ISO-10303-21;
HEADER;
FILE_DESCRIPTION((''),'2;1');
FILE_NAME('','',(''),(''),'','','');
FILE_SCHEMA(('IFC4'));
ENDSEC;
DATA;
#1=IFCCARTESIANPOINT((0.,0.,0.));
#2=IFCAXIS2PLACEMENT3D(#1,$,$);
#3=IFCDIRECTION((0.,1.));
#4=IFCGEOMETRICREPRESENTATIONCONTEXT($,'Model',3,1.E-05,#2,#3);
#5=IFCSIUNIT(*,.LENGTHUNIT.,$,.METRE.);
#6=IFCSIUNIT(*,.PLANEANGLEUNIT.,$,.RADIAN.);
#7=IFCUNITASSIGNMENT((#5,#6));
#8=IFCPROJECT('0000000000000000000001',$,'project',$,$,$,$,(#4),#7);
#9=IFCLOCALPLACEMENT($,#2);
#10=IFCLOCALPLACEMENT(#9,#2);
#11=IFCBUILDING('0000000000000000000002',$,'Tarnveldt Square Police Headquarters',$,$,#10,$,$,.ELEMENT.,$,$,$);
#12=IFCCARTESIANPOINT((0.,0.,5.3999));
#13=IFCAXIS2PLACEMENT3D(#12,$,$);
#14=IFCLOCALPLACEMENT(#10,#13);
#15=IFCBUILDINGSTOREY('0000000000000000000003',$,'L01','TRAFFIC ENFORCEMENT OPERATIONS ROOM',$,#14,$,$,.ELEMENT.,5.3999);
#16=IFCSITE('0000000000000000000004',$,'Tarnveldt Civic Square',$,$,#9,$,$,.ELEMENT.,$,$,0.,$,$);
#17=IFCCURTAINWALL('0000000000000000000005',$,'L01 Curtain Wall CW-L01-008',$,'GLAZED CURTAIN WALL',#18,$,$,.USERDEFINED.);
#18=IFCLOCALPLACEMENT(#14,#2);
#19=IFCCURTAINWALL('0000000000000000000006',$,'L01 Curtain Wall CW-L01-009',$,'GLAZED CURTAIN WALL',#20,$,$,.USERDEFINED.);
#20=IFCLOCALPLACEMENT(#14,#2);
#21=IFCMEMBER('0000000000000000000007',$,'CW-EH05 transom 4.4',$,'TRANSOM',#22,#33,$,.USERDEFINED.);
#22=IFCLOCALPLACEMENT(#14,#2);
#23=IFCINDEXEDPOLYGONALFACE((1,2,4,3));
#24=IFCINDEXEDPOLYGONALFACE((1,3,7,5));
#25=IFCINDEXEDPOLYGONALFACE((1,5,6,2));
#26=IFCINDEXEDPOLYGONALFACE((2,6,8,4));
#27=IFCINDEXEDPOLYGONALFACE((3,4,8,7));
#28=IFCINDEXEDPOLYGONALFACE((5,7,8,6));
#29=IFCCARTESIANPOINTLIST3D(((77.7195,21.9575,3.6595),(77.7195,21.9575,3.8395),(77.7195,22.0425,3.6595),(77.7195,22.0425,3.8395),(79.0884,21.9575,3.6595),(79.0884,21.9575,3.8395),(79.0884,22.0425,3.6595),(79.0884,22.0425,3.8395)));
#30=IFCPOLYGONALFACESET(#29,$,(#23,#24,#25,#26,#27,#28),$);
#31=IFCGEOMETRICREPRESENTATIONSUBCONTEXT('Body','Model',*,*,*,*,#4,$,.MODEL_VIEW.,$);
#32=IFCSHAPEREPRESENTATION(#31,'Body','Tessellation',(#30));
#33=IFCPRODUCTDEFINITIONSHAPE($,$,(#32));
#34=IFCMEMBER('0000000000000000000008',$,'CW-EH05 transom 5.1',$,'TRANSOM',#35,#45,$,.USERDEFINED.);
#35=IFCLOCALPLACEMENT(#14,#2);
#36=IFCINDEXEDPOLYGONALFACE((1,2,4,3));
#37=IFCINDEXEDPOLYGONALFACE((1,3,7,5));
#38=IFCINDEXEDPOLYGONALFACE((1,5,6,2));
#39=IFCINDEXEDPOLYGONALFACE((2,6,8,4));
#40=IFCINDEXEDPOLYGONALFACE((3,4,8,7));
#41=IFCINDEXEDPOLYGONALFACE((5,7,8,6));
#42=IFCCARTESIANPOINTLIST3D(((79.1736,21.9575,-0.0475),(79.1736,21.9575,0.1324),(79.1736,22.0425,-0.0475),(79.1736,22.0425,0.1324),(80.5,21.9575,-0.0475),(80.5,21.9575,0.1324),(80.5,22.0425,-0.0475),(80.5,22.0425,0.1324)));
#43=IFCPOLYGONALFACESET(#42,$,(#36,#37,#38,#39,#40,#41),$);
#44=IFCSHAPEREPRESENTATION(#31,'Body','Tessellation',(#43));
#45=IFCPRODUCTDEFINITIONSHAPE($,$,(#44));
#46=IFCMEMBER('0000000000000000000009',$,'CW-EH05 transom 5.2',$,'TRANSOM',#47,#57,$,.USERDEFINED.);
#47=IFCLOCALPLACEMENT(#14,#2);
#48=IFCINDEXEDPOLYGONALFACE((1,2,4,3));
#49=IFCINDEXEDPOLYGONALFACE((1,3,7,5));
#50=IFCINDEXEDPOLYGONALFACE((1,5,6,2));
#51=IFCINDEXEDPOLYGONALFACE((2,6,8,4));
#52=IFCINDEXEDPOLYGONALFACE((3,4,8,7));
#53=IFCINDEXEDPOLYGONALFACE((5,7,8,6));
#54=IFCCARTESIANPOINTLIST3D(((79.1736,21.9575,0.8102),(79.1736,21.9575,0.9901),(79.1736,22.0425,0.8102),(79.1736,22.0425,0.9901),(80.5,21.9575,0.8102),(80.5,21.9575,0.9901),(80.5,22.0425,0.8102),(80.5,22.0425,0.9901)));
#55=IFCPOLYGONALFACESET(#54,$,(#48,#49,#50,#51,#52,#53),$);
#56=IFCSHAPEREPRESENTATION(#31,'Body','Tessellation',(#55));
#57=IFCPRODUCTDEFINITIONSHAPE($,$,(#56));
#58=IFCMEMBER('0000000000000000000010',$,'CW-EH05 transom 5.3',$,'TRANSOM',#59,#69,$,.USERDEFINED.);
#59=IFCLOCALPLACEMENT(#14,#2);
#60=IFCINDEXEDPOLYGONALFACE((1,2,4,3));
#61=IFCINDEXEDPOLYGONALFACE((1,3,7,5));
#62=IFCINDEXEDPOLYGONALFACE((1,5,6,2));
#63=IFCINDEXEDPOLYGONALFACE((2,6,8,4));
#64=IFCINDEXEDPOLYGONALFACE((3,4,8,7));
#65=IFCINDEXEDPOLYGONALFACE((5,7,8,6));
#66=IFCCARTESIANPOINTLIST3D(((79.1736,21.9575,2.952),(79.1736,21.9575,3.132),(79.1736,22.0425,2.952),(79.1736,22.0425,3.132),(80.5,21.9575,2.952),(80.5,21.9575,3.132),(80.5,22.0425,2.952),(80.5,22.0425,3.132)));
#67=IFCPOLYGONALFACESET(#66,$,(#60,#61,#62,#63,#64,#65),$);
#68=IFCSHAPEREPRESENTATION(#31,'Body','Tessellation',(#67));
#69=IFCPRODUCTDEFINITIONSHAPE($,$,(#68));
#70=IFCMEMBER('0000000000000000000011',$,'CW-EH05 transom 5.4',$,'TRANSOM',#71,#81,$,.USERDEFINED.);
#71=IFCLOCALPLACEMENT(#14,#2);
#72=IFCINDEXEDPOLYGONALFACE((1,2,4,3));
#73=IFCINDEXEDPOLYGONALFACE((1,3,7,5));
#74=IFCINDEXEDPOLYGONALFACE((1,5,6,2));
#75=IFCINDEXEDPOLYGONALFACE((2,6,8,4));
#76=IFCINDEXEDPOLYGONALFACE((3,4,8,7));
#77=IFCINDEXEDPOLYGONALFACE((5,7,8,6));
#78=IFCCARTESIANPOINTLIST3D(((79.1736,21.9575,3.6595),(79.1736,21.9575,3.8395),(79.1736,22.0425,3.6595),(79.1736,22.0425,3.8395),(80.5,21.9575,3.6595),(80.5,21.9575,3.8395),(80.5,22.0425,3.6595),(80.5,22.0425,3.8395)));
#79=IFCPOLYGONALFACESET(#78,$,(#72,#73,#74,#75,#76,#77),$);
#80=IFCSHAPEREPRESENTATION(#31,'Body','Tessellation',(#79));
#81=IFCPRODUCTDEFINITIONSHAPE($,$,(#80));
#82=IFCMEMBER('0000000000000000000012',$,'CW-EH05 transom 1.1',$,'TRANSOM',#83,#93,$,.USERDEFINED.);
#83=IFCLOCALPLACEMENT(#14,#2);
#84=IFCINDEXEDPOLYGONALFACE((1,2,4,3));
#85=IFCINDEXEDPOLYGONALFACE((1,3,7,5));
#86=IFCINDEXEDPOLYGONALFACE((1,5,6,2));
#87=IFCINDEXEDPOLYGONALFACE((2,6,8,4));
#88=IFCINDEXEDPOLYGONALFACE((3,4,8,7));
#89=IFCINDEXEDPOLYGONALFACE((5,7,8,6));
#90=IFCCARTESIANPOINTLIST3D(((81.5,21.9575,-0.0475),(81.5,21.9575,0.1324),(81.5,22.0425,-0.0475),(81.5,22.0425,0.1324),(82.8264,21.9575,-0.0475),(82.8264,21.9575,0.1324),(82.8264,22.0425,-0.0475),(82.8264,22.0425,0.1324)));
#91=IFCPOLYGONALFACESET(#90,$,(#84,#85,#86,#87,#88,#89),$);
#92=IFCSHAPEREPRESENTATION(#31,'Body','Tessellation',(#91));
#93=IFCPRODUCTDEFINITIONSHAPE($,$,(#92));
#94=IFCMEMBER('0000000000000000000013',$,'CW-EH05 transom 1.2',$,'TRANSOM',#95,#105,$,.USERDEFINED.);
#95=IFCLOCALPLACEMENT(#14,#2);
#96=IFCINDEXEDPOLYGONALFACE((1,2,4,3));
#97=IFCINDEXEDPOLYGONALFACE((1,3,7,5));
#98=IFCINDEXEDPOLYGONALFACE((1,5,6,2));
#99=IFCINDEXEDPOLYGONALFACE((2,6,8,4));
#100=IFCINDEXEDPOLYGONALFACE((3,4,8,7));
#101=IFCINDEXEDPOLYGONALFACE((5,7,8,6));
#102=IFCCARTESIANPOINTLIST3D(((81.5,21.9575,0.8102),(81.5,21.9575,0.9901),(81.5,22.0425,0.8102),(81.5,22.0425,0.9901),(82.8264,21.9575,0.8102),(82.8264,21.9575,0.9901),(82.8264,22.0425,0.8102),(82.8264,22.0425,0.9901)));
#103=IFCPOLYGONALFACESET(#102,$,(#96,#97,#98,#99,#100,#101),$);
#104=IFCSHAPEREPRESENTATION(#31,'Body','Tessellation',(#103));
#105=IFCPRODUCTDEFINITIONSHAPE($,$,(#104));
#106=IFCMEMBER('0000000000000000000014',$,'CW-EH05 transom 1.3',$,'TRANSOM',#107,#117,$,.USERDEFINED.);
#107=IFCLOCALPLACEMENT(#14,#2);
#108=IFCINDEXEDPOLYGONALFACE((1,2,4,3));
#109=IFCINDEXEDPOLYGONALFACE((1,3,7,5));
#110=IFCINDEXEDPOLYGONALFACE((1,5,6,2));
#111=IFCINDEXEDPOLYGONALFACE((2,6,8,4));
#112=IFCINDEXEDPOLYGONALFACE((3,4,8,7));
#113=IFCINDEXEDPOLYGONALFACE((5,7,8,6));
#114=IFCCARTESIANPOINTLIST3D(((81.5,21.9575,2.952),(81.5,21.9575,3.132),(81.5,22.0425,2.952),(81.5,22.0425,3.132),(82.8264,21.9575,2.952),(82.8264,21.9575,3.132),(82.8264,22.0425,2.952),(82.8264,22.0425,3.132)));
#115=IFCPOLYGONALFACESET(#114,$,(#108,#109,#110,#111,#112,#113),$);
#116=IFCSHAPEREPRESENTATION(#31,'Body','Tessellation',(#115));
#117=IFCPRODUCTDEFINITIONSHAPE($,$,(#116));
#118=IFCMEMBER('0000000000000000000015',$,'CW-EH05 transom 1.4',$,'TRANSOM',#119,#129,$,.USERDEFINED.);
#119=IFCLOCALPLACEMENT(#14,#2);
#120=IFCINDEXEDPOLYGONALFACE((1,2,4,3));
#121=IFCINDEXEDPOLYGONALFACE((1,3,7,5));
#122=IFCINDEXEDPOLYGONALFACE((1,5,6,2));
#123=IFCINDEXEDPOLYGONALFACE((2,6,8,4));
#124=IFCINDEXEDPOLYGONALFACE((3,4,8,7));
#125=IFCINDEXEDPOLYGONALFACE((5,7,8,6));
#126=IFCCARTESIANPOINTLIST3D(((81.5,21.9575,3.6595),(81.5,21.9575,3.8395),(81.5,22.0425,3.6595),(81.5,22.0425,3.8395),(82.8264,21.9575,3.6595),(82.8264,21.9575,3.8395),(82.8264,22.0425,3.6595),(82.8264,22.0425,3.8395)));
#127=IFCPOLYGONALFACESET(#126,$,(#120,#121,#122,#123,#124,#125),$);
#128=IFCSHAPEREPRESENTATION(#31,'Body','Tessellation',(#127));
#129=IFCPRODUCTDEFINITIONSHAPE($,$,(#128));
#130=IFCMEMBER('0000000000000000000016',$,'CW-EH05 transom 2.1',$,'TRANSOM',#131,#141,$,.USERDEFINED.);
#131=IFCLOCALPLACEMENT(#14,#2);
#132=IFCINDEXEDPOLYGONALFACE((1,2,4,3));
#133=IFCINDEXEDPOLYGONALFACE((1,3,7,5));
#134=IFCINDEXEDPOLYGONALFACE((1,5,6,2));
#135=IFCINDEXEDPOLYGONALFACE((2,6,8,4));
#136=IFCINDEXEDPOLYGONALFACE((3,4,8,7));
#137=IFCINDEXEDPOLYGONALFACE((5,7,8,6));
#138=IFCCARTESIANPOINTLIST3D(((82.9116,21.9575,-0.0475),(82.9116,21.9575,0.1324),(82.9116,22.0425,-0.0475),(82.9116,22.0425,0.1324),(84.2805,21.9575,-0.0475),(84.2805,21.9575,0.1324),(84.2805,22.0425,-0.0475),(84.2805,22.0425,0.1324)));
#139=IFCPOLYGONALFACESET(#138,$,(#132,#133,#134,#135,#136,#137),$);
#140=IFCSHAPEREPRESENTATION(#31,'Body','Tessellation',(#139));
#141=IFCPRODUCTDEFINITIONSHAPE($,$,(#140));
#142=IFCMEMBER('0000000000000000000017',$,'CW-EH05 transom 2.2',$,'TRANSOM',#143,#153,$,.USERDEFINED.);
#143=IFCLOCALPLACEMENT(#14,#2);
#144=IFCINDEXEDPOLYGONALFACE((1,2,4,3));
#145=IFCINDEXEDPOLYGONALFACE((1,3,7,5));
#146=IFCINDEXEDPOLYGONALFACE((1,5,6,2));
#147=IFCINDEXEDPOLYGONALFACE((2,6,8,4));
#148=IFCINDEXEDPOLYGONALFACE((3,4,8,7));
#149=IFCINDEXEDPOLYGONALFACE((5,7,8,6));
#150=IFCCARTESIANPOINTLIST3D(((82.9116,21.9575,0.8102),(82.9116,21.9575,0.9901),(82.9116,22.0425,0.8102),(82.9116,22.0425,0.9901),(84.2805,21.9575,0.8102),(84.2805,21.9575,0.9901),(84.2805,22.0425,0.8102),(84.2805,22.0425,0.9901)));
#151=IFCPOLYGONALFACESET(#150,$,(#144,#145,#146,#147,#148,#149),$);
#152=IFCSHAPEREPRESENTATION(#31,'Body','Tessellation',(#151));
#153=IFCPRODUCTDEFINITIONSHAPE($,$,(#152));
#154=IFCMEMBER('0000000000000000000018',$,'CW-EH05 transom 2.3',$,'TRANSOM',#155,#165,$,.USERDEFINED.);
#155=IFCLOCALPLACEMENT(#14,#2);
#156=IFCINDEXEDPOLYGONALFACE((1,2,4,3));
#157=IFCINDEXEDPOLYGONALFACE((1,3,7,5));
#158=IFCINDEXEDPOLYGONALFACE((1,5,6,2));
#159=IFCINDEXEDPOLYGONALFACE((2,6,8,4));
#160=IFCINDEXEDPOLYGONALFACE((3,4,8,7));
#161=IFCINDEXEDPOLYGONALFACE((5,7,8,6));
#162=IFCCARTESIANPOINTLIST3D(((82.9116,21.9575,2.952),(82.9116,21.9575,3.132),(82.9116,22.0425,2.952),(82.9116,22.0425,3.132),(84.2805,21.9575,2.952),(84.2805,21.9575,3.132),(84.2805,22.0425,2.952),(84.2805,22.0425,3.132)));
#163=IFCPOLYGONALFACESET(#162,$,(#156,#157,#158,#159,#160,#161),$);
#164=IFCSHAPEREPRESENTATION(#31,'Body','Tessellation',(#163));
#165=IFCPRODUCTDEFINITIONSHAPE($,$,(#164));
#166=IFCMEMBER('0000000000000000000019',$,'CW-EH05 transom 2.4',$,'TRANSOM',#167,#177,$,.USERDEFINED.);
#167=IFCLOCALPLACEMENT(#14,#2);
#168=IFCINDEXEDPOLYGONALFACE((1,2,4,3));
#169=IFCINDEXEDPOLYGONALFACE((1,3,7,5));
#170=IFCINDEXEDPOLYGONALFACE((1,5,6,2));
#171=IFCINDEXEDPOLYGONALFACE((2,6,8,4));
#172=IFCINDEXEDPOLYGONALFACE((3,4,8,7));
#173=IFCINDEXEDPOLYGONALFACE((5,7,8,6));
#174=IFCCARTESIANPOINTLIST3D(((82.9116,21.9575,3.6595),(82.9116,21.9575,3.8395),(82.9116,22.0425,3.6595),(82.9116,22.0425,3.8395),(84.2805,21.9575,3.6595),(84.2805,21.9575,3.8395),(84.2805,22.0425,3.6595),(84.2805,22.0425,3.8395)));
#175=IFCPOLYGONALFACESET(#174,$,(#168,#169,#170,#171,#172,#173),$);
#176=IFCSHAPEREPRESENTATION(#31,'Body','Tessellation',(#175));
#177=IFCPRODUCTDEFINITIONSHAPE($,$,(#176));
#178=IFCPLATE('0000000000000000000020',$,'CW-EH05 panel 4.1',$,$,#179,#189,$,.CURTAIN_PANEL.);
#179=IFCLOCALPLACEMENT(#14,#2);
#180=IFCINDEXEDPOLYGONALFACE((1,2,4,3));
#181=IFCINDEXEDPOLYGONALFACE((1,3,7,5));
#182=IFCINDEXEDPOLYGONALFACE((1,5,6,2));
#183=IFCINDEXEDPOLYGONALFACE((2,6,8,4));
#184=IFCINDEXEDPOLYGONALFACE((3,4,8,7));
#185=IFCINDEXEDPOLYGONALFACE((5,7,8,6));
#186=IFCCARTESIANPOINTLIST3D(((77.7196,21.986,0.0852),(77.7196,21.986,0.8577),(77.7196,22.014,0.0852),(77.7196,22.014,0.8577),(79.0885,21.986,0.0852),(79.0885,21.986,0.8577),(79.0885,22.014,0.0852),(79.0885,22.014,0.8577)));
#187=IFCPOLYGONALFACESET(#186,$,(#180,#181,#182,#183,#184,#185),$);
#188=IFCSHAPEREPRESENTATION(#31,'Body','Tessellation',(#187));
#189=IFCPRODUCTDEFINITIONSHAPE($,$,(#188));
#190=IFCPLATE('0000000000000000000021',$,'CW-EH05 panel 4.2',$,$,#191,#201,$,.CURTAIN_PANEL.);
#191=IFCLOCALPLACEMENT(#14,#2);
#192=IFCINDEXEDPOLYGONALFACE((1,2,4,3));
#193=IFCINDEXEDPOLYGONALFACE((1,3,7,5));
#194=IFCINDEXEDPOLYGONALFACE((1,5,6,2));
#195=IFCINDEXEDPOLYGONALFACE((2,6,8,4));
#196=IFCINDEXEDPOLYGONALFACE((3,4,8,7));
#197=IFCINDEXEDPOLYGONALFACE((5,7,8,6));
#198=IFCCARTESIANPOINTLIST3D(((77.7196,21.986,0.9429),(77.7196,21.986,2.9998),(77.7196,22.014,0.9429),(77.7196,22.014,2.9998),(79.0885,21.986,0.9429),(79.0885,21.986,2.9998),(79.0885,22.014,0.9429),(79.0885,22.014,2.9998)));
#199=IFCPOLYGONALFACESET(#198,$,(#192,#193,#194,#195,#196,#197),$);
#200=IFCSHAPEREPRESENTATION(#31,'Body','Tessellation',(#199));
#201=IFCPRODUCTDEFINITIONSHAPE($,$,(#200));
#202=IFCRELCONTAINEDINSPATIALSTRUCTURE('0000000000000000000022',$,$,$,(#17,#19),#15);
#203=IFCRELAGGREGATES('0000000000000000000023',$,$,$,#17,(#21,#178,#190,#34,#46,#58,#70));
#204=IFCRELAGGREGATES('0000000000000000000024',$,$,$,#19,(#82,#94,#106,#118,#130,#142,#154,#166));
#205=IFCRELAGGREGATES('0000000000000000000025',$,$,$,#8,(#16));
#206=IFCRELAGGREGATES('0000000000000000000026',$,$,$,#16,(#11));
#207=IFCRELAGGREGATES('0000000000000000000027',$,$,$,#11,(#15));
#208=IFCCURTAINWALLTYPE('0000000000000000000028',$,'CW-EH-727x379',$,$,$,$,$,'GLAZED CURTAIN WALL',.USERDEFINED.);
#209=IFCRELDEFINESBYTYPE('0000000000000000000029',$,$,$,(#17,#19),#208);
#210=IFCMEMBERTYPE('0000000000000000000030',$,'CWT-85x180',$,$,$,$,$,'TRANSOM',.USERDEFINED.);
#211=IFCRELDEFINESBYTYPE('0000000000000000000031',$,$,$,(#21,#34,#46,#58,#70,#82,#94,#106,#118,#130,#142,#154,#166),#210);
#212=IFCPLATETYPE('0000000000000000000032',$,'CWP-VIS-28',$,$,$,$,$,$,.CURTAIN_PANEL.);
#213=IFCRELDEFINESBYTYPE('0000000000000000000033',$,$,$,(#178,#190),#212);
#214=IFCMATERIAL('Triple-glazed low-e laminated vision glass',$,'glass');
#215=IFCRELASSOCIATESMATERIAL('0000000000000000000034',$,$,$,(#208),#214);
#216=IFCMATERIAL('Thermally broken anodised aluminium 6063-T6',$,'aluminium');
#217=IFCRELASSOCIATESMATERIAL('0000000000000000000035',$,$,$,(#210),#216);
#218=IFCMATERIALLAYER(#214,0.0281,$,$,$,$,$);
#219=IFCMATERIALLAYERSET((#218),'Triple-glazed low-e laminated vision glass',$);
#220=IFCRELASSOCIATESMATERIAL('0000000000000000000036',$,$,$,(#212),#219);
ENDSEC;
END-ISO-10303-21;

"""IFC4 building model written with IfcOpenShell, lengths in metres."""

from ifc_helpers import new_model, si_unit, direction, frame, origin, origin_2d, place, context, subcontext, project, spatial, rectangle, extrude, material, layer, layer_set, material_profile, profile_set, type_object, element, aggregate, save


model = new_model("IFC4")

# Units and contexts
model_context = context("Model", 3, precision=1e-05, world=origin(), true_north=direction((0.0, 1.0)))
body_context = subcontext(model_context, "Body", "Model", "MODEL_VIEW")
ifc_project = project(units=[si_unit("LENGTHUNIT", "METRE"), si_unit("PLANEANGLEUNIT", "RADIAN")], contexts=[model_context])

# Site, building, storey
site_placement = place(None, origin())
site = spatial("IfcSite", under=ifc_project, at=site_placement, Name="Tarnveldt Civic Square", CompositionType="ELEMENT", RefElevation=0.0)
building_placement = place(site_placement, origin())
building = spatial("IfcBuilding", under=site, at=building_placement, Name="Tarnveldt Square Police Headquarters", CompositionType="ELEMENT")
storey_placement = place(building_placement, frame((0.0, 0.0, 5.3999)))
storey = spatial("IfcBuildingStorey", under=building, at=storey_placement, Name="L01", Description="TRAFFIC ENFORCEMENT OPERATIONS ROOM", CompositionType="ELEMENT", Elevation=5.3999)

# Curtain walls
ifc_material_1 = material(Name="Triple-glazed low-e laminated vision glass", Category="glass")
curtain_wall_type = type_object("IfcCurtainWallType", Name="CW-EH-727x379", ElementType="GLAZED CURTAIN WALL", PredefinedType="USERDEFINED", material=ifc_material_1)
curtain_wall_1_placement = place(storey_placement, origin())
curtain_wall_1 = element("IfcCurtainWall", 1, at=curtain_wall_1_placement, inside=storey, type_object=curtain_wall_type, Name="L01 Curtain Wall CW-L01-008", ObjectType="GLAZED CURTAIN WALL", PredefinedType="USERDEFINED")
ifc_material_2 = material(Name="Thermally broken anodised aluminium 6063-T6", Category="aluminium")
curtain_wall_2_placement = place(storey_placement, origin())
curtain_wall_2 = element("IfcCurtainWall", 2, at=curtain_wall_2_placement, inside=storey, type_object=curtain_wall_type, Name="L01 Curtain Wall CW-L01-009", ObjectType="GLAZED CURTAIN WALL", PredefinedType="USERDEFINED")

# Members
ifc_material_profile_1 = material_profile(ifc_material_2, rectangle(XDim=0.085, YDim=0.1799, at=origin_2d()), Name="CW-T85x180")
ifc_profile_set_1 = profile_set([ifc_material_profile_1], Name="Thermally broken anodised aluminium 6063-T6")
member_type_1 = type_object("IfcMemberType", Name="CWT-85x180", ElementType="TRANSOM", PredefinedType="USERDEFINED", material=ifc_profile_set_1)
member_1_placement = place(storey_placement, frame((77.7195, 22.0, 3.7495), z_axis=(1.0, 0.0, 0.0), x_axis=(0.0, 1.0, 0.0)))
member_1 = element("IfcMember", 3, at=member_1_placement, type_object=member_type_1, Name="CW-EH05 transom 4.4", ObjectType="TRANSOM", PredefinedType="USERDEFINED", context=body_context, shape_type="SweptSolid", body=[
    extrude(rectangle(XDim=0.085, YDim=0.1799, at=origin_2d()), origin(), (0.0, 0.0, 1.0), 1.3689),
])
member_2_placement = place(storey_placement, frame((79.1736, 22.0, 0.0425), z_axis=(1.0, 0.0, 0.0), x_axis=(0.0, 1.0, 0.0)))
member_2 = element("IfcMember", 4, at=member_2_placement, type_object=member_type_1, Name="CW-EH05 transom 5.1", ObjectType="TRANSOM", PredefinedType="USERDEFINED", context=body_context, shape_type="SweptSolid", body=[
    extrude(rectangle(XDim=0.085, YDim=0.1799, at=origin_2d()), origin(), (0.0, 0.0, 1.0), 1.3264),
])
member_3_placement = place(storey_placement, frame((79.1736, 22.0, 0.9001), z_axis=(1.0, 0.0, 0.0), x_axis=(0.0, 1.0, 0.0)))
member_3 = element("IfcMember", 5, at=member_3_placement, type_object=member_type_1, Name="CW-EH05 transom 5.2", ObjectType="TRANSOM", PredefinedType="USERDEFINED", context=body_context, shape_type="SweptSolid", body=[
    extrude(rectangle(XDim=0.085, YDim=0.1799, at=origin_2d()), origin(), (0.0, 0.0, 1.0), 1.3264),
])
member_4_placement = place(storey_placement, frame((79.1736, 22.0, 3.042), z_axis=(1.0, 0.0, 0.0), x_axis=(0.0, 1.0, 0.0)))
member_4 = element("IfcMember", 6, at=member_4_placement, type_object=member_type_1, Name="CW-EH05 transom 5.3", ObjectType="TRANSOM", PredefinedType="USERDEFINED", context=body_context, shape_type="SweptSolid", body=[
    extrude(rectangle(XDim=0.085, YDim=0.1799, at=origin_2d()), origin(), (0.0, 0.0, 1.0), 1.3264),
])
member_5_placement = place(storey_placement, frame((79.1736, 22.0, 3.7495), z_axis=(1.0, 0.0, 0.0), x_axis=(0.0, 1.0, 0.0)))
member_5 = element("IfcMember", 7, at=member_5_placement, type_object=member_type_1, Name="CW-EH05 transom 5.4", ObjectType="TRANSOM", PredefinedType="USERDEFINED", context=body_context, shape_type="SweptSolid", body=[
    extrude(rectangle(XDim=0.085, YDim=0.1799, at=origin_2d()), origin(), (0.0, 0.0, 1.0), 1.3264),
])
member_6_placement = place(storey_placement, frame((81.5, 22.0, 0.0425), z_axis=(1.0, 0.0, 0.0), x_axis=(0.0, 1.0, 0.0)))
member_6 = element("IfcMember", 8, at=member_6_placement, type_object=member_type_1, Name="CW-EH05 transom 1.1", ObjectType="TRANSOM", PredefinedType="USERDEFINED", context=body_context, shape_type="SweptSolid", body=[
    extrude(rectangle(XDim=0.085, YDim=0.1799, at=origin_2d()), origin(), (0.0, 0.0, 1.0), 1.3264),
])
member_7_placement = place(storey_placement, frame((81.5, 22.0, 0.9001), z_axis=(1.0, 0.0, 0.0), x_axis=(0.0, 1.0, 0.0)))
member_7 = element("IfcMember", 9, at=member_7_placement, type_object=member_type_1, Name="CW-EH05 transom 1.2", ObjectType="TRANSOM", PredefinedType="USERDEFINED", context=body_context, shape_type="SweptSolid", body=[
    extrude(rectangle(XDim=0.085, YDim=0.1799, at=origin_2d()), origin(), (0.0, 0.0, 1.0), 1.3264),
])
member_8_placement = place(storey_placement, frame((81.5, 22.0, 3.042), z_axis=(1.0, 0.0, 0.0), x_axis=(0.0, 1.0, 0.0)))
member_8 = element("IfcMember", 10, at=member_8_placement, type_object=member_type_1, Name="CW-EH05 transom 1.3", ObjectType="TRANSOM", PredefinedType="USERDEFINED", context=body_context, shape_type="SweptSolid", body=[
    extrude(rectangle(XDim=0.085, YDim=0.1799, at=origin_2d()), origin(), (0.0, 0.0, 1.0), 1.3264),
])
member_9_placement = place(storey_placement, frame((81.5, 22.0, 3.7495), z_axis=(1.0, 0.0, 0.0), x_axis=(0.0, 1.0, 0.0)))
member_9 = element("IfcMember", 11, at=member_9_placement, type_object=member_type_1, Name="CW-EH05 transom 1.4", ObjectType="TRANSOM", PredefinedType="USERDEFINED", context=body_context, shape_type="SweptSolid", body=[
    extrude(rectangle(XDim=0.085, YDim=0.1799, at=origin_2d()), origin(), (0.0, 0.0, 1.0), 1.3264),
])
member_10_placement = place(storey_placement, frame((82.9116, 22.0, 0.0425), z_axis=(1.0, 0.0, 0.0), x_axis=(0.0, 1.0, 0.0)))
member_10 = element("IfcMember", 12, at=member_10_placement, type_object=member_type_1, Name="CW-EH05 transom 2.1", ObjectType="TRANSOM", PredefinedType="USERDEFINED", context=body_context, shape_type="SweptSolid", body=[
    extrude(rectangle(XDim=0.085, YDim=0.1799, at=origin_2d()), origin(), (0.0, 0.0, 1.0), 1.3689),
])
member_11_placement = place(storey_placement, frame((82.9116, 22.0, 0.9001), z_axis=(1.0, 0.0, 0.0), x_axis=(0.0, 1.0, 0.0)))
member_11 = element("IfcMember", 13, at=member_11_placement, type_object=member_type_1, Name="CW-EH05 transom 2.2", ObjectType="TRANSOM", PredefinedType="USERDEFINED", context=body_context, shape_type="SweptSolid", body=[
    extrude(rectangle(XDim=0.085, YDim=0.1799, at=origin_2d()), origin(), (0.0, 0.0, 1.0), 1.3689),
])
member_12_placement = place(storey_placement, frame((82.9116, 22.0, 3.042), z_axis=(1.0, 0.0, 0.0), x_axis=(0.0, 1.0, 0.0)))
member_12 = element("IfcMember", 14, at=member_12_placement, type_object=member_type_1, Name="CW-EH05 transom 2.3", ObjectType="TRANSOM", PredefinedType="USERDEFINED", context=body_context, shape_type="SweptSolid", body=[
    extrude(rectangle(XDim=0.085, YDim=0.1799, at=origin_2d()), origin(), (0.0, 0.0, 1.0), 1.3689),
])
member_13_placement = place(storey_placement, frame((82.9116, 22.0, 3.7495), z_axis=(1.0, 0.0, 0.0), x_axis=(0.0, 1.0, 0.0)))
member_13 = element("IfcMember", 15, at=member_13_placement, type_object=member_type_1, Name="CW-EH05 transom 2.4", ObjectType="TRANSOM", PredefinedType="USERDEFINED", context=body_context, shape_type="SweptSolid", body=[
    extrude(rectangle(XDim=0.085, YDim=0.1799, at=origin_2d()), origin(), (0.0, 0.0, 1.0), 1.3689),
])

# Plates
ifc_layer = layer(ifc_material_1, 0.0281)
ifc_layer_set = layer_set([ifc_layer], Name="Triple-glazed low-e laminated vision glass")
plate_type = type_object("IfcPlateType", Name="CWP-VIS-28", PredefinedType="CURTAIN_PANEL", material=ifc_layer_set)
plate_1_placement = place(storey_placement, frame((78.4041, 22.0, 0.0852), z_axis=(0.0, 0.0, 1.0), x_axis=(1.0, 0.0, 0.0)))
plate_1 = element("IfcPlate", 16, at=plate_1_placement, type_object=plate_type, Name="CW-EH05 panel 4.1", PredefinedType="CURTAIN_PANEL", context=body_context, shape_type="SweptSolid", body=[
    extrude(rectangle(XDim=1.3689, YDim=0.0281, at=origin_2d()), origin(), (0.0, 0.0, 1.0), 0.7725),
])
plate_2_placement = place(storey_placement, frame((78.4041, 22.0, 0.9429), z_axis=(0.0, 0.0, 1.0), x_axis=(1.0, 0.0, 0.0)))
plate_2 = element("IfcPlate", 17, at=plate_2_placement, type_object=plate_type, Name="CW-EH05 panel 4.2", PredefinedType="CURTAIN_PANEL", context=body_context, shape_type="SweptSolid", body=[
    extrude(rectangle(XDim=1.3689, YDim=0.0281, at=origin_2d()), origin(), (0.0, 0.0, 1.0), 2.0569),
])
aggregate(curtain_wall_1, [member_1, plate_1, plate_2, member_2, member_3, member_4, member_5])
aggregate(curtain_wall_2, [member_6, member_7, member_8, member_9, member_10, member_11, member_12, member_13])

save(model, "model.ifc")
